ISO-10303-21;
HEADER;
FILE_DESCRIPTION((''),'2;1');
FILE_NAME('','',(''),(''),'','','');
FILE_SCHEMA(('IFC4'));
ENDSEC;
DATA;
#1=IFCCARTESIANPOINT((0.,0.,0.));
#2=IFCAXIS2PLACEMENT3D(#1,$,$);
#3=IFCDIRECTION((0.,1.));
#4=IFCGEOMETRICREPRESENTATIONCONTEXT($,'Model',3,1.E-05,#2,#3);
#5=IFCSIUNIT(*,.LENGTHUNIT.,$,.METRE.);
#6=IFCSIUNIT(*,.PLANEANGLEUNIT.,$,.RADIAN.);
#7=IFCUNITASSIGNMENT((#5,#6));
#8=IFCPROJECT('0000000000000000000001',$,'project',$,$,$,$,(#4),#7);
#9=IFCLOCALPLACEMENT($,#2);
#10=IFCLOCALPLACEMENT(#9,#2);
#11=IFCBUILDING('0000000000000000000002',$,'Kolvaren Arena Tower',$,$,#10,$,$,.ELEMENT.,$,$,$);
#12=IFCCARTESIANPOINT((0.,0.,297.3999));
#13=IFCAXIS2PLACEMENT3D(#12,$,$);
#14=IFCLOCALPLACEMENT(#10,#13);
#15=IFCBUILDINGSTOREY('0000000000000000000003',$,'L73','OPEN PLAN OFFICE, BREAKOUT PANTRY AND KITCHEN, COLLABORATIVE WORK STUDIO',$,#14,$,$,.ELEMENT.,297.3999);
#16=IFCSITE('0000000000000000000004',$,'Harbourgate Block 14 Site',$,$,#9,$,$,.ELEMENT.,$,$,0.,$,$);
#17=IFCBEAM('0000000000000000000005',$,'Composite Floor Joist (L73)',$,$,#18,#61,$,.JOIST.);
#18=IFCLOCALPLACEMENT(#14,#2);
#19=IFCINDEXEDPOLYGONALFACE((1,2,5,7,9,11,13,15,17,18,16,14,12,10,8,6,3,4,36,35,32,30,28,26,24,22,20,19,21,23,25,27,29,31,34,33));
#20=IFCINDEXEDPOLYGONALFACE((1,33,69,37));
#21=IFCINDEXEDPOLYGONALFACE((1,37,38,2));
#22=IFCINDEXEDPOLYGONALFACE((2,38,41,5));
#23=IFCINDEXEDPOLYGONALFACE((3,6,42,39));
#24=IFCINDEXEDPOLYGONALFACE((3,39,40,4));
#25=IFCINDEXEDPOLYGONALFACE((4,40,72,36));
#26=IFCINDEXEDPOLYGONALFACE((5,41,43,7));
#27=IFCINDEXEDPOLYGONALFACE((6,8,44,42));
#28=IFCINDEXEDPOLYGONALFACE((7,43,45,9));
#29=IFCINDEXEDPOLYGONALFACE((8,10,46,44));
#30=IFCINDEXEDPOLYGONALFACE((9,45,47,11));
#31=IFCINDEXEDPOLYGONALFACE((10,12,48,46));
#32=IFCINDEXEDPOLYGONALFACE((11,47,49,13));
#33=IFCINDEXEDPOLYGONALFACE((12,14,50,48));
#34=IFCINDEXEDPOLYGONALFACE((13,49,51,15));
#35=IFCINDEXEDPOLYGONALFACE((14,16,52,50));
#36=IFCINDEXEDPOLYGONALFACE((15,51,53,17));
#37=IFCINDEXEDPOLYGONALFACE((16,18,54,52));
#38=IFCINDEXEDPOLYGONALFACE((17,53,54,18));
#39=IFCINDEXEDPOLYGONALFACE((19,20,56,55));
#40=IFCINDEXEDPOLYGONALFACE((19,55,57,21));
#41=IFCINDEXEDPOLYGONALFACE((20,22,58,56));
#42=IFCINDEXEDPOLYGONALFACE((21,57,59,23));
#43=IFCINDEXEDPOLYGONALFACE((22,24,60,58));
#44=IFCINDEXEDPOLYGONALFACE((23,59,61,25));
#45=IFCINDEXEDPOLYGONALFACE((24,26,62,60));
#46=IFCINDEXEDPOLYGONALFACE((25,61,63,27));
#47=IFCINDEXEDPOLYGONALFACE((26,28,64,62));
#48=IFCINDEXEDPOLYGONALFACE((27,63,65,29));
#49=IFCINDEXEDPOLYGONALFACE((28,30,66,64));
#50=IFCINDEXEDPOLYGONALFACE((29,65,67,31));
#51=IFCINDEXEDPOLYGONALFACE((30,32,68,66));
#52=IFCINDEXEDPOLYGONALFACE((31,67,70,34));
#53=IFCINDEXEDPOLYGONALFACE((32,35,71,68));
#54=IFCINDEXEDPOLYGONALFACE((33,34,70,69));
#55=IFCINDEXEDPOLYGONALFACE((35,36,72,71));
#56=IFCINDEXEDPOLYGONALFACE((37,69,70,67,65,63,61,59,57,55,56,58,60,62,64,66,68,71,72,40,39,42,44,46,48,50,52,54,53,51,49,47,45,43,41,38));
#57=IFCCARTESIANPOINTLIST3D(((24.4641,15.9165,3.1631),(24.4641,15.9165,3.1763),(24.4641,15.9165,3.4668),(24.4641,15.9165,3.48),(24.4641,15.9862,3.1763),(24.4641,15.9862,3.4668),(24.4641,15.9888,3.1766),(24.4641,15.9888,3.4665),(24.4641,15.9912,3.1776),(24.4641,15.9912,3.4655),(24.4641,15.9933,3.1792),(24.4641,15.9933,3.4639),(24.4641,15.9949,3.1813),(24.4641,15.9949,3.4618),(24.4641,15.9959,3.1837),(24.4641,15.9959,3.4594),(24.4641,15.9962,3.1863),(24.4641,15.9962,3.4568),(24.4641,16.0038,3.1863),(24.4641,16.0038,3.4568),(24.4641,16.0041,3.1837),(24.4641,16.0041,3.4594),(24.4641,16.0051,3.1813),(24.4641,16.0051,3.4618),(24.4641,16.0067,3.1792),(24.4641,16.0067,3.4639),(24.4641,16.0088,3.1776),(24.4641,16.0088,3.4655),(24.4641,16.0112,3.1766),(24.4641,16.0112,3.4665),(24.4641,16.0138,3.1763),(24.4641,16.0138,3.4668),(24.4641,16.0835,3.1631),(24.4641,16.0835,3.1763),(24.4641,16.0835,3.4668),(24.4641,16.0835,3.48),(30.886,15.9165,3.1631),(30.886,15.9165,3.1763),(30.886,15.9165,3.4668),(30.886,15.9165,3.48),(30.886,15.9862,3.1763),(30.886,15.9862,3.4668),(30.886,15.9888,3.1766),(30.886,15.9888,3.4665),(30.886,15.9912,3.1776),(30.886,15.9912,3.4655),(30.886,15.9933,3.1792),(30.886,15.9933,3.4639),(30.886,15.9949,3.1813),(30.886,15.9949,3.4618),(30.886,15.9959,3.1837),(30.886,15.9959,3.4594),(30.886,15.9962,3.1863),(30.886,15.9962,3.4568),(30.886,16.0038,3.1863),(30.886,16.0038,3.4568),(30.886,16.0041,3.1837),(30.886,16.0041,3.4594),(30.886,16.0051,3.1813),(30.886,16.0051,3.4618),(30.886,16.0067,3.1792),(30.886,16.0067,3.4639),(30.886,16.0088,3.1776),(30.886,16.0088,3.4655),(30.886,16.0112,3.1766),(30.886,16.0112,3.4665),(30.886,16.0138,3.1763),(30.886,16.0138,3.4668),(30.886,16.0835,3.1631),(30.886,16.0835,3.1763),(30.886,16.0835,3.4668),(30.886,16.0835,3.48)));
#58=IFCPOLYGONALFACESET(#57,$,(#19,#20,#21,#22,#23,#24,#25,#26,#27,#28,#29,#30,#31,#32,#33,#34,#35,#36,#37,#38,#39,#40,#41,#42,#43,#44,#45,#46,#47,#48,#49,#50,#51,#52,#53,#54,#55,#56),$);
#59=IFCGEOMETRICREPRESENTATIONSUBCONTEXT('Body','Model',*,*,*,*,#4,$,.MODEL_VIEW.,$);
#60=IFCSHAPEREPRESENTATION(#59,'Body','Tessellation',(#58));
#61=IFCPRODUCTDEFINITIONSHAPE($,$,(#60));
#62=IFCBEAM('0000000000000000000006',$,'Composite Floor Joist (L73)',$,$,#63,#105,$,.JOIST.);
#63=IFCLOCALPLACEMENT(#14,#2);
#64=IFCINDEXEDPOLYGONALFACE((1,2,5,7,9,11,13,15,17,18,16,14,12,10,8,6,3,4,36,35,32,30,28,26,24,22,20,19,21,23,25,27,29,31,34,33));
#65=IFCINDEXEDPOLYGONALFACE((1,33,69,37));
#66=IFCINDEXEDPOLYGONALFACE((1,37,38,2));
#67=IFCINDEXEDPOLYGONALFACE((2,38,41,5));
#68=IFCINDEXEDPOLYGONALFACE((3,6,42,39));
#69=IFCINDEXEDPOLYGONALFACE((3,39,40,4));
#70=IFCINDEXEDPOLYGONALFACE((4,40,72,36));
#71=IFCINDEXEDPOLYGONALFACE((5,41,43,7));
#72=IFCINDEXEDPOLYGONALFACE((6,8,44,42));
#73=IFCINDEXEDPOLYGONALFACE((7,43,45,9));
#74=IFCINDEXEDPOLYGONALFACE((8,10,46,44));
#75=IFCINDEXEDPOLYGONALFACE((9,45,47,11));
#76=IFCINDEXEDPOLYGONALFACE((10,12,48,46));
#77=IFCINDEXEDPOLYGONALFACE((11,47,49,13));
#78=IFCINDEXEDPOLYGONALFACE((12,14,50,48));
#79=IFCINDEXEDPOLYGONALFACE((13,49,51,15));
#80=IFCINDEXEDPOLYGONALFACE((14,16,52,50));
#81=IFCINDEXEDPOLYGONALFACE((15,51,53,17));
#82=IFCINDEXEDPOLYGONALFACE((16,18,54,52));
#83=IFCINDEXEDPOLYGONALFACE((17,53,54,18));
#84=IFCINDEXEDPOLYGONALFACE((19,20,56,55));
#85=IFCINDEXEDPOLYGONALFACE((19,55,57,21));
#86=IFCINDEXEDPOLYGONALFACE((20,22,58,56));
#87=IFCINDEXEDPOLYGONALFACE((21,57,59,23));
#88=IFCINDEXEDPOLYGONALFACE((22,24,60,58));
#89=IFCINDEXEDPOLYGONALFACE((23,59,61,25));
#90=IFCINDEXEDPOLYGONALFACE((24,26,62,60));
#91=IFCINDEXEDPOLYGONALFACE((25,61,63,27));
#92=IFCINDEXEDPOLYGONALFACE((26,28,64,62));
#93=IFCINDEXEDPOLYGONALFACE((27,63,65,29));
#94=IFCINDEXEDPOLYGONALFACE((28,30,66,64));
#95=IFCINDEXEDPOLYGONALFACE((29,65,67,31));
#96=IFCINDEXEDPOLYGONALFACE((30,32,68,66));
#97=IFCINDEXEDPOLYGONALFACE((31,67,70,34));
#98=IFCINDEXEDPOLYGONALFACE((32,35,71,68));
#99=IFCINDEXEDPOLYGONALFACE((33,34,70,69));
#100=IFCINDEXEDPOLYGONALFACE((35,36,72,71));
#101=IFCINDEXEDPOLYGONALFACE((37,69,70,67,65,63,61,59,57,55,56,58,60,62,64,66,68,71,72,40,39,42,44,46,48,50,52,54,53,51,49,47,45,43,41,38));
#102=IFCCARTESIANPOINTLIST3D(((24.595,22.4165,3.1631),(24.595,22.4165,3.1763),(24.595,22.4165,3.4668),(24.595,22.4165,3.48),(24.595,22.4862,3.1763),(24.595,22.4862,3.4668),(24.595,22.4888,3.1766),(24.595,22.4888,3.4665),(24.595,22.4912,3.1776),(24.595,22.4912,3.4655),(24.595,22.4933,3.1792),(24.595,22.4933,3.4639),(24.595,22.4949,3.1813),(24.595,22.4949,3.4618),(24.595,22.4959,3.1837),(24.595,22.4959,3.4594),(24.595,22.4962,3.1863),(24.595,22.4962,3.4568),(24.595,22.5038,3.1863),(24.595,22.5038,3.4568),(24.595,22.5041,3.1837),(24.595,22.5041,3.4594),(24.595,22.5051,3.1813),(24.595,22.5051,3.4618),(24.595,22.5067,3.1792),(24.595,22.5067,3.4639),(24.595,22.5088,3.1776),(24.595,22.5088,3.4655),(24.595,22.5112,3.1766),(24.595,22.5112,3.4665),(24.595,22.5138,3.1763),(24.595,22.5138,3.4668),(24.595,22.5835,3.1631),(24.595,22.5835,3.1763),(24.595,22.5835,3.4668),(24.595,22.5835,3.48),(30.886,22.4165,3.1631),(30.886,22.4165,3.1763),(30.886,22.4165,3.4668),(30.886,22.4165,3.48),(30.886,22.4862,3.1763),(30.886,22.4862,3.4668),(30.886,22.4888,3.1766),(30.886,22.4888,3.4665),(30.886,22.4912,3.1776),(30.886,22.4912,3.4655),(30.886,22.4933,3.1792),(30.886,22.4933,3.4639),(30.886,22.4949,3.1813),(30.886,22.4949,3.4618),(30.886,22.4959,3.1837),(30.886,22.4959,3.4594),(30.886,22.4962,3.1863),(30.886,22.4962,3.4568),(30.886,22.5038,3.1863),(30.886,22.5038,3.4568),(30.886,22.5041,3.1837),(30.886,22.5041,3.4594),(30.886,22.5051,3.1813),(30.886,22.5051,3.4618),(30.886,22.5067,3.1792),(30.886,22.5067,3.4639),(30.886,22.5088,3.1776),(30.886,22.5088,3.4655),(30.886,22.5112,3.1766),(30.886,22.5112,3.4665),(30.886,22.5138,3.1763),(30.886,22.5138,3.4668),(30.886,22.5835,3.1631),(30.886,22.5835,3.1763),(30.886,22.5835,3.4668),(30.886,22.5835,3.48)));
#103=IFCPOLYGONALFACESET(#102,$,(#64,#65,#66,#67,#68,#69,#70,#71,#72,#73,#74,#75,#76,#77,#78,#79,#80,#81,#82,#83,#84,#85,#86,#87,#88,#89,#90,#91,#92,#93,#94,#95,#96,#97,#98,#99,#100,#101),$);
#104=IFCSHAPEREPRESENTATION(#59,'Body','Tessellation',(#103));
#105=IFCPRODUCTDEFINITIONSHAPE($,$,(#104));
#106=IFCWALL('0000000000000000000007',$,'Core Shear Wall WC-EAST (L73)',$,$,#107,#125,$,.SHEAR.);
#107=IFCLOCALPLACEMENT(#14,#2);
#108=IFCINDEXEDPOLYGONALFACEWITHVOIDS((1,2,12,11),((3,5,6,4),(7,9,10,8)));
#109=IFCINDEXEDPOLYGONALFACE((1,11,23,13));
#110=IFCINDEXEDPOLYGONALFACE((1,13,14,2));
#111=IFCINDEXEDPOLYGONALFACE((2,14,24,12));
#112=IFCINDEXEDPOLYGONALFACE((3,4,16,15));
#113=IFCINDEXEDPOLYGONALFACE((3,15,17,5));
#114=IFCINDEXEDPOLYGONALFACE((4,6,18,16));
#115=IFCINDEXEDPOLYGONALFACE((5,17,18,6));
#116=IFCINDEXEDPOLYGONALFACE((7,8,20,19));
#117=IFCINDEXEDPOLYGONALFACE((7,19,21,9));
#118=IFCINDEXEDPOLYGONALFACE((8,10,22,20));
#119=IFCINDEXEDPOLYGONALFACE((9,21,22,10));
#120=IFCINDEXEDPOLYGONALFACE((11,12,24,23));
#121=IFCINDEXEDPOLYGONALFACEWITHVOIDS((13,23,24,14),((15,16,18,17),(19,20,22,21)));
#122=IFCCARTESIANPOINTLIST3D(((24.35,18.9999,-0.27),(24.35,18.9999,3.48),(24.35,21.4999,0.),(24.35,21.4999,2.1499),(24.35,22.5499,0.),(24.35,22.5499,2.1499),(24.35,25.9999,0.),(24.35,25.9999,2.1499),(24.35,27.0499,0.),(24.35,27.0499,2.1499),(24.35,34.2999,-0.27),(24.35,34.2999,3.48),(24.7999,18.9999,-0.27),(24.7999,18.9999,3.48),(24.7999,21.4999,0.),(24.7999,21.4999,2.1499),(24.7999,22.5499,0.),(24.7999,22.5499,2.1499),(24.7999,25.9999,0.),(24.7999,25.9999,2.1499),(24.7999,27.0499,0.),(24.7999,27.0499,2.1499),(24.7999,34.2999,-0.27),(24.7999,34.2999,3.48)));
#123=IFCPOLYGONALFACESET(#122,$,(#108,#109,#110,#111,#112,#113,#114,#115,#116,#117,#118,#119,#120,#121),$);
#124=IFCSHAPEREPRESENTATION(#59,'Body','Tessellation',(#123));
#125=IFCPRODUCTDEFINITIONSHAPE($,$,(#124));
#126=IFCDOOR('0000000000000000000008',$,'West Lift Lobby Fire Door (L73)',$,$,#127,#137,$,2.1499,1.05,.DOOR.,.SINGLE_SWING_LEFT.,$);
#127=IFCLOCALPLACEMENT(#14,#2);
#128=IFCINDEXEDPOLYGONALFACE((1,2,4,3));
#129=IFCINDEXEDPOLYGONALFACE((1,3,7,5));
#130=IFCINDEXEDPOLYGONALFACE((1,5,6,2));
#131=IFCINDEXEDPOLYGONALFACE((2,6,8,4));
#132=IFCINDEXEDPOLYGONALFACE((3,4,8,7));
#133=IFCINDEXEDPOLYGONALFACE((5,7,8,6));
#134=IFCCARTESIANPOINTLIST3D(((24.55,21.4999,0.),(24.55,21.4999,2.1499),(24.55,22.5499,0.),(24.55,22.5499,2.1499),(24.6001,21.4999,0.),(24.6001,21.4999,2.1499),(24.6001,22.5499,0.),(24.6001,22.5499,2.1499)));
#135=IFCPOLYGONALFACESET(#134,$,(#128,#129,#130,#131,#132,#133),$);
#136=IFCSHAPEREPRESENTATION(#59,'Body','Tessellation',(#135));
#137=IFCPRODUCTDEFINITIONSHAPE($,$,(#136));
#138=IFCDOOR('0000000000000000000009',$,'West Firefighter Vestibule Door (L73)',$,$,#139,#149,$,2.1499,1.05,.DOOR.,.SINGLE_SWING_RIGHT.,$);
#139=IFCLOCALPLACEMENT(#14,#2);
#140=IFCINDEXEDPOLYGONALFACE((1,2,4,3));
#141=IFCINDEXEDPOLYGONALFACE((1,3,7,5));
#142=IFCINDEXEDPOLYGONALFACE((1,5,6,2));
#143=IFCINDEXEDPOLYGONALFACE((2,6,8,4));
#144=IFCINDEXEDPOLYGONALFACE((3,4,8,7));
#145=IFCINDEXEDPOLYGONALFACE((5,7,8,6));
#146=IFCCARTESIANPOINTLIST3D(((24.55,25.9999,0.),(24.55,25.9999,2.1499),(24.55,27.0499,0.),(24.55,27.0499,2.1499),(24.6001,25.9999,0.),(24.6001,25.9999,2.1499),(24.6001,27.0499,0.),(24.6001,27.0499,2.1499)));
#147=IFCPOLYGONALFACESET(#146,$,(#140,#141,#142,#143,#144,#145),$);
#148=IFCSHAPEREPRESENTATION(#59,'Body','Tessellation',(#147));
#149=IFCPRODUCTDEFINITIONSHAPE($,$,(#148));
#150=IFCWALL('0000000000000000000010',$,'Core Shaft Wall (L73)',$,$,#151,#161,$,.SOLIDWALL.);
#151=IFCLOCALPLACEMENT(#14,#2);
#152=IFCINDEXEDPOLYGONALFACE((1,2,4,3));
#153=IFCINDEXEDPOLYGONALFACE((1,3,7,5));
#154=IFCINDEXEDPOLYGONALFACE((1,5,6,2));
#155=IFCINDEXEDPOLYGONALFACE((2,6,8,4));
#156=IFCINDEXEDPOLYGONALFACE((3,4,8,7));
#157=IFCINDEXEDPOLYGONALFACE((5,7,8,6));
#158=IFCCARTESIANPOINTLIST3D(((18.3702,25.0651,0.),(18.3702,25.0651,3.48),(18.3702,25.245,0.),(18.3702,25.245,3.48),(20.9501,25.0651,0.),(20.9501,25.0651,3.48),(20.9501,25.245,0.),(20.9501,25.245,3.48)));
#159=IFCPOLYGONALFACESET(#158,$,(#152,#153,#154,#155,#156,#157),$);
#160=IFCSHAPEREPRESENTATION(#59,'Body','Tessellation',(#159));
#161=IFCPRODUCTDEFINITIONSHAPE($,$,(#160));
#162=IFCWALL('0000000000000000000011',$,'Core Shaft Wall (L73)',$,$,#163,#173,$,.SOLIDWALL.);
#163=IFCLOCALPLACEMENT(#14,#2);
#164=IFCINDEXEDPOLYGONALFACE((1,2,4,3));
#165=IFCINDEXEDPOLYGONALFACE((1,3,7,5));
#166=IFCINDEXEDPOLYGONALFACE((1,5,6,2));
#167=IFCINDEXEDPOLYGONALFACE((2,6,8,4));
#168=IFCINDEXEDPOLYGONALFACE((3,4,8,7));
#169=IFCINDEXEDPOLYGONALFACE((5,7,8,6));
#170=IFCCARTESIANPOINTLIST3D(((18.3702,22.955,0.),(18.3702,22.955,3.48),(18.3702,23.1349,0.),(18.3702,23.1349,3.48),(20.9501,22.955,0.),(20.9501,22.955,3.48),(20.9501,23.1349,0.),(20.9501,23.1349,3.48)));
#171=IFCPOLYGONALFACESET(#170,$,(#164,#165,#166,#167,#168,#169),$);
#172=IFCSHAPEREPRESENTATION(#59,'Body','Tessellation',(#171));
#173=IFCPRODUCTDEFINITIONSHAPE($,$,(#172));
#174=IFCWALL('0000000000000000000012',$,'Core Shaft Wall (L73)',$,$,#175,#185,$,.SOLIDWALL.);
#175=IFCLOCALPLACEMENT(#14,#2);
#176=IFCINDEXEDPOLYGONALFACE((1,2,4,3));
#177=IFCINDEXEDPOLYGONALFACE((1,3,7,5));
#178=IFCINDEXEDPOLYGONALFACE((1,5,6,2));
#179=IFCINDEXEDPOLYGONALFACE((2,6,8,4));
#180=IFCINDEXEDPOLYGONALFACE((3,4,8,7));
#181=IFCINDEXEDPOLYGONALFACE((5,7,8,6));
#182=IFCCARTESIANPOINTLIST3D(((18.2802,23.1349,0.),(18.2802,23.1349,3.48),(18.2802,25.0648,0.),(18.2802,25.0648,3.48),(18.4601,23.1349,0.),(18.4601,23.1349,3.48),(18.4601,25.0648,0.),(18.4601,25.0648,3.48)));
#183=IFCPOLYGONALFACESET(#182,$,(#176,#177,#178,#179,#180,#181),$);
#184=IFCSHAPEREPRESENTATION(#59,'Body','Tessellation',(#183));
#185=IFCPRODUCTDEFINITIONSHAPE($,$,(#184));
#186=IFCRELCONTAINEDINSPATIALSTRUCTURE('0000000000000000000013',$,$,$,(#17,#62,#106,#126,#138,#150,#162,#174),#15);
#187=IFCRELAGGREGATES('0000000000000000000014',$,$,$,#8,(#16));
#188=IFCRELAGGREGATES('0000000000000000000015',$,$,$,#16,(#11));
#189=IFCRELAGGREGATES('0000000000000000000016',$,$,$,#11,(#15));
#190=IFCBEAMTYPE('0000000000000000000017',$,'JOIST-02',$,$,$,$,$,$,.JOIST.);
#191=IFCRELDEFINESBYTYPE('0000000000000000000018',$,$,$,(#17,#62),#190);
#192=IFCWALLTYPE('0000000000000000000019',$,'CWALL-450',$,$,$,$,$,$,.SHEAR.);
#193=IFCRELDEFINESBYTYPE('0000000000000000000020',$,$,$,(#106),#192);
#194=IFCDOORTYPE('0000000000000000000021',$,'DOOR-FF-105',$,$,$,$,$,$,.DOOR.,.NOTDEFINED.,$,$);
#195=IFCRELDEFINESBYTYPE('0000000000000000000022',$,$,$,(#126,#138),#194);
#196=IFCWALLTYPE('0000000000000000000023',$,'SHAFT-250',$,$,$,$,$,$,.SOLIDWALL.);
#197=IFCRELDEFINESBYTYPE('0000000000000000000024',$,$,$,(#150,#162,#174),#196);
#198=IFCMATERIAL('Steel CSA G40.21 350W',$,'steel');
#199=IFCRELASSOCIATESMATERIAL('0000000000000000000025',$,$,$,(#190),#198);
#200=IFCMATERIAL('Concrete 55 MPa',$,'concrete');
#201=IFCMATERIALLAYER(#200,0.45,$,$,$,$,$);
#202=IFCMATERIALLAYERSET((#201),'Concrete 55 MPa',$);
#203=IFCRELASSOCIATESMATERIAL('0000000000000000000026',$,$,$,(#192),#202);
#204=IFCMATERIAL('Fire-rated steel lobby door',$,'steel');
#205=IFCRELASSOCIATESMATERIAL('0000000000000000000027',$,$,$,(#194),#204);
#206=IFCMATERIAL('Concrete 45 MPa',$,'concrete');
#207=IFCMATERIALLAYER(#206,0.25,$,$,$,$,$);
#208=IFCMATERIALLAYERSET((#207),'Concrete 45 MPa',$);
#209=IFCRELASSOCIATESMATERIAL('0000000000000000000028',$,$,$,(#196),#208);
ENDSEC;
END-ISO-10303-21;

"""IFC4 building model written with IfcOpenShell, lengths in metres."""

from ifc_helpers import new_model, si_unit, direction, frame, frame_2d, origin, origin_2d, place, context, subcontext, project, spatial, rectangle, i_section, extrude, material, layer, layer_set, material_profile, profile_set, type_object, element, fill, save


model = new_model("IFC4")

# Units and contexts
model_context = context("Model", 3, precision=1e-05, world=origin(), true_north=direction((0.0, 1.0)))
body_context = subcontext(model_context, "Body", "Model", "MODEL_VIEW")
ifc_project = project(units=[si_unit("LENGTHUNIT", "METRE"), si_unit("PLANEANGLEUNIT", "RADIAN")], contexts=[model_context])

# Site, building, storey
site_placement = place(None, origin())
site = spatial("IfcSite", under=ifc_project, at=site_placement, Name="Harbourgate Block 14 Site", CompositionType="ELEMENT", RefElevation=0.0)
building_placement = place(site_placement, origin())
building = spatial("IfcBuilding", under=site, at=building_placement, Name="Kolvaren Arena Tower", CompositionType="ELEMENT")
storey_placement = place(building_placement, frame((0.0, 0.0, 297.3999)))
storey = spatial("IfcBuildingStorey", under=building, at=storey_placement, Name="L73", Description="OPEN PLAN OFFICE, BREAKOUT PANTRY AND KITCHEN, COLLABORATIVE WORK STUDIO", CompositionType="ELEMENT", Elevation=297.3999)

# Beams
ifc_material_1 = material(Name="Steel CSA G40.21 350W", Category="steel")
ifc_material_profile_1 = material_profile(ifc_material_1, i_section(OverallWidth=0.167, OverallDepth=0.3169, WebThickness=0.0076, FlangeThickness=0.0132, FilletRadius=0.01, at=origin_2d()), Name="W310x52")
ifc_profile_set_1 = profile_set([ifc_material_profile_1], Name="Steel CSA G40.21 350W")
beam_type_1 = type_object("IfcBeamType", Name="JOIST-02", PredefinedType="JOIST", material=ifc_profile_set_1)
beam_1_placement = place(storey_placement, frame((24.4641, 16.0, 3.3215), z_axis=(1.0, 0.0, 0.0), x_axis=(0.0, 1.0, 0.0)))
element("IfcBeam", 1, at=beam_1_placement, inside=storey, type_object=beam_type_1, Name="Composite Floor Joist (L73)", PredefinedType="JOIST", context=body_context, shape_type="SweptSolid", body=[
    extrude(i_section(OverallWidth=0.167, OverallDepth=0.3169, WebThickness=0.0076, FlangeThickness=0.0132, FilletRadius=0.01, at=origin_2d()), origin(), (0.0, 0.0, 1.0), 6.4219),
])
beam_2_placement = place(storey_placement, frame((24.595, 22.5, 3.3215), z_axis=(1.0, 0.0, 0.0), x_axis=(0.0, 1.0, 0.0)))
element("IfcBeam", 2, at=beam_2_placement, inside=storey, type_object=beam_type_1, Name="Composite Floor Joist (L73)", PredefinedType="JOIST", context=body_context, shape_type="SweptSolid", body=[
    extrude(i_section(OverallWidth=0.167, OverallDepth=0.3169, WebThickness=0.0076, FlangeThickness=0.0132, FilletRadius=0.01, at=origin_2d()), origin(), (0.0, 0.0, 1.0), 6.291),
])

# Wall, openings, doors
ifc_material_2 = material(Name="Concrete 55 MPa", Category="concrete")
ifc_layer_1 = layer(ifc_material_2, 0.45)
ifc_layer_set_1 = layer_set([ifc_layer_1], Name="Concrete 55 MPa")
wall_type_1 = type_object("IfcWallType", Name="CWALL-450", PredefinedType="SHEAR", material=ifc_layer_set_1)
wall_1_placement = place(storey_placement, frame((24.575, 19.0, -0.27), z_axis=(0.0, 0.0, 1.0), x_axis=(0.0, 1.0, 0.0)))
wall_1 = element("IfcWall", 3, at=wall_1_placement, inside=storey, type_object=wall_type_1, Name="Core Shear Wall WC-EAST (L73)", PredefinedType="SHEAR", context=body_context, shape_type="SweptSolid", body=[
    extrude(rectangle(XDim=15.3, YDim=0.45, at=frame_2d((7.6499, 0.0))), origin(), (0.0, 0.0, 1.0), 3.75),
])
opening_1_placement = place(wall_1_placement, frame((2.5, 0.0, 0.27)))
opening_1 = element("IfcOpeningElement", 4, at=opening_1_placement, cuts=wall_1, PredefinedType="OPENING", context=body_context, shape_type="SweptSolid", body=[
    extrude(rectangle(XDim=1.05, YDim=2.1499, at=frame_2d((0.5249, 1.075))), frame((0.0, 0.2349, 0.0), z_axis=(0.0, -1.0, 0.0), x_axis=(1.0, 0.0, 0.0)), (0.0, 0.0, 1.0), 0.47),
])
opening_2_placement = place(wall_1_placement, frame((7.0, 0.0, 0.27)))
opening_2 = element("IfcOpeningElement", 5, at=opening_2_placement, cuts=wall_1, PredefinedType="OPENING", context=body_context, shape_type="SweptSolid", body=[
    extrude(rectangle(XDim=1.05, YDim=2.1499, at=frame_2d((0.5249, 1.075))), frame((0.0, 0.2349, 0.0), z_axis=(0.0, -1.0, 0.0), x_axis=(1.0, 0.0, 0.0)), (0.0, 0.0, 1.0), 0.47),
])
ifc_material_3 = material(Name="Fire-rated steel lobby door", Category="steel")
door_type = type_object("IfcDoorType", Name="DOOR-FF-105", OperationType="NOTDEFINED", PredefinedType="DOOR", material=ifc_material_3)
door_1_placement = place(opening_1_placement, origin())
door_1 = element("IfcDoor", 6, at=door_1_placement, inside=storey, type_object=door_type, Name="West Lift Lobby Fire Door (L73)", OperationType="SINGLE_SWING_LEFT", OverallHeight=2.1499, OverallWidth=1.05, PredefinedType="DOOR", context=body_context, shape_type="SweptSolid", body=[
    extrude(rectangle(XDim=1.05, YDim=2.1499, at=frame_2d((0.5249, 1.075))), frame((0.0, 0.0249, 0.0), z_axis=(0.0, -1.0, 0.0), x_axis=(1.0, 0.0, 0.0)), (0.0, 0.0, 1.0), 0.05),
])
fill(opening_1, door_1)
door_2_placement = place(opening_2_placement, origin())
door_2 = element("IfcDoor", 7, at=door_2_placement, inside=storey, type_object=door_type, Name="West Firefighter Vestibule Door (L73)", OperationType="SINGLE_SWING_RIGHT", OverallHeight=2.1499, OverallWidth=1.05, PredefinedType="DOOR", context=body_context, shape_type="SweptSolid", body=[
    extrude(rectangle(XDim=1.05, YDim=2.1499, at=frame_2d((0.5249, 1.075))), frame((0.0, 0.0249, 0.0), z_axis=(0.0, -1.0, 0.0), x_axis=(1.0, 0.0, 0.0)), (0.0, 0.0, 1.0), 0.05),
])
fill(opening_2, door_2)

# Walls
ifc_material_4 = material(Name="Concrete 45 MPa", Category="concrete")
ifc_layer_2 = layer(ifc_material_4, 0.25)
ifc_layer_set_2 = layer_set([ifc_layer_2], Name="Concrete 45 MPa")
wall_type_2 = type_object("IfcWallType", Name="SHAFT-250", PredefinedType="SOLIDWALL", material=ifc_layer_set_2)
for number, where, z_axis, x_axis, name in (
    (8, (18.3701, 25.155, 0.0), (0.0, 0.0, 1.0), (1.0, 0.0, 0.0), "Core Shaft Wall (L73)"),
    (9, (18.3701, 23.0449, 0.0), (0.0, 0.0, 1.0), (1.0, 0.0, 0.0), "Core Shaft Wall (L73)"),
):
    element("IfcWall", number, at=place(storey_placement, frame(where, z_axis=z_axis, x_axis=x_axis)), inside=storey, type_object=wall_type_2, Name=name, PredefinedType="SOLIDWALL", context=body_context, shape_type="SweptSolid", body=[
        extrude(rectangle(XDim=2.5798, YDim=0.1799, at=frame_2d((1.29, 0.0))), origin(), (0.0, 0.0, 1.0), 3.48),
    ])
for number, where, z_axis, x_axis, name in (
    (10, (18.3701, 23.135, 0.0), (0.0, 0.0, 1.0), (0.0, 1.0, 0.0), "Core Shaft Wall (L73)"),
):
    element("IfcWall", number, at=place(storey_placement, frame(where, z_axis=z_axis, x_axis=x_axis)), inside=storey, type_object=wall_type_2, Name=name, PredefinedType="SOLIDWALL", context=body_context, shape_type="SweptSolid", body=[
        extrude(rectangle(XDim=1.9299, YDim=0.1799, at=frame_2d((0.9648, 0.0))), origin(), (0.0, 0.0, 1.0), 3.48),
    ])

save(model, "model.ifc")
